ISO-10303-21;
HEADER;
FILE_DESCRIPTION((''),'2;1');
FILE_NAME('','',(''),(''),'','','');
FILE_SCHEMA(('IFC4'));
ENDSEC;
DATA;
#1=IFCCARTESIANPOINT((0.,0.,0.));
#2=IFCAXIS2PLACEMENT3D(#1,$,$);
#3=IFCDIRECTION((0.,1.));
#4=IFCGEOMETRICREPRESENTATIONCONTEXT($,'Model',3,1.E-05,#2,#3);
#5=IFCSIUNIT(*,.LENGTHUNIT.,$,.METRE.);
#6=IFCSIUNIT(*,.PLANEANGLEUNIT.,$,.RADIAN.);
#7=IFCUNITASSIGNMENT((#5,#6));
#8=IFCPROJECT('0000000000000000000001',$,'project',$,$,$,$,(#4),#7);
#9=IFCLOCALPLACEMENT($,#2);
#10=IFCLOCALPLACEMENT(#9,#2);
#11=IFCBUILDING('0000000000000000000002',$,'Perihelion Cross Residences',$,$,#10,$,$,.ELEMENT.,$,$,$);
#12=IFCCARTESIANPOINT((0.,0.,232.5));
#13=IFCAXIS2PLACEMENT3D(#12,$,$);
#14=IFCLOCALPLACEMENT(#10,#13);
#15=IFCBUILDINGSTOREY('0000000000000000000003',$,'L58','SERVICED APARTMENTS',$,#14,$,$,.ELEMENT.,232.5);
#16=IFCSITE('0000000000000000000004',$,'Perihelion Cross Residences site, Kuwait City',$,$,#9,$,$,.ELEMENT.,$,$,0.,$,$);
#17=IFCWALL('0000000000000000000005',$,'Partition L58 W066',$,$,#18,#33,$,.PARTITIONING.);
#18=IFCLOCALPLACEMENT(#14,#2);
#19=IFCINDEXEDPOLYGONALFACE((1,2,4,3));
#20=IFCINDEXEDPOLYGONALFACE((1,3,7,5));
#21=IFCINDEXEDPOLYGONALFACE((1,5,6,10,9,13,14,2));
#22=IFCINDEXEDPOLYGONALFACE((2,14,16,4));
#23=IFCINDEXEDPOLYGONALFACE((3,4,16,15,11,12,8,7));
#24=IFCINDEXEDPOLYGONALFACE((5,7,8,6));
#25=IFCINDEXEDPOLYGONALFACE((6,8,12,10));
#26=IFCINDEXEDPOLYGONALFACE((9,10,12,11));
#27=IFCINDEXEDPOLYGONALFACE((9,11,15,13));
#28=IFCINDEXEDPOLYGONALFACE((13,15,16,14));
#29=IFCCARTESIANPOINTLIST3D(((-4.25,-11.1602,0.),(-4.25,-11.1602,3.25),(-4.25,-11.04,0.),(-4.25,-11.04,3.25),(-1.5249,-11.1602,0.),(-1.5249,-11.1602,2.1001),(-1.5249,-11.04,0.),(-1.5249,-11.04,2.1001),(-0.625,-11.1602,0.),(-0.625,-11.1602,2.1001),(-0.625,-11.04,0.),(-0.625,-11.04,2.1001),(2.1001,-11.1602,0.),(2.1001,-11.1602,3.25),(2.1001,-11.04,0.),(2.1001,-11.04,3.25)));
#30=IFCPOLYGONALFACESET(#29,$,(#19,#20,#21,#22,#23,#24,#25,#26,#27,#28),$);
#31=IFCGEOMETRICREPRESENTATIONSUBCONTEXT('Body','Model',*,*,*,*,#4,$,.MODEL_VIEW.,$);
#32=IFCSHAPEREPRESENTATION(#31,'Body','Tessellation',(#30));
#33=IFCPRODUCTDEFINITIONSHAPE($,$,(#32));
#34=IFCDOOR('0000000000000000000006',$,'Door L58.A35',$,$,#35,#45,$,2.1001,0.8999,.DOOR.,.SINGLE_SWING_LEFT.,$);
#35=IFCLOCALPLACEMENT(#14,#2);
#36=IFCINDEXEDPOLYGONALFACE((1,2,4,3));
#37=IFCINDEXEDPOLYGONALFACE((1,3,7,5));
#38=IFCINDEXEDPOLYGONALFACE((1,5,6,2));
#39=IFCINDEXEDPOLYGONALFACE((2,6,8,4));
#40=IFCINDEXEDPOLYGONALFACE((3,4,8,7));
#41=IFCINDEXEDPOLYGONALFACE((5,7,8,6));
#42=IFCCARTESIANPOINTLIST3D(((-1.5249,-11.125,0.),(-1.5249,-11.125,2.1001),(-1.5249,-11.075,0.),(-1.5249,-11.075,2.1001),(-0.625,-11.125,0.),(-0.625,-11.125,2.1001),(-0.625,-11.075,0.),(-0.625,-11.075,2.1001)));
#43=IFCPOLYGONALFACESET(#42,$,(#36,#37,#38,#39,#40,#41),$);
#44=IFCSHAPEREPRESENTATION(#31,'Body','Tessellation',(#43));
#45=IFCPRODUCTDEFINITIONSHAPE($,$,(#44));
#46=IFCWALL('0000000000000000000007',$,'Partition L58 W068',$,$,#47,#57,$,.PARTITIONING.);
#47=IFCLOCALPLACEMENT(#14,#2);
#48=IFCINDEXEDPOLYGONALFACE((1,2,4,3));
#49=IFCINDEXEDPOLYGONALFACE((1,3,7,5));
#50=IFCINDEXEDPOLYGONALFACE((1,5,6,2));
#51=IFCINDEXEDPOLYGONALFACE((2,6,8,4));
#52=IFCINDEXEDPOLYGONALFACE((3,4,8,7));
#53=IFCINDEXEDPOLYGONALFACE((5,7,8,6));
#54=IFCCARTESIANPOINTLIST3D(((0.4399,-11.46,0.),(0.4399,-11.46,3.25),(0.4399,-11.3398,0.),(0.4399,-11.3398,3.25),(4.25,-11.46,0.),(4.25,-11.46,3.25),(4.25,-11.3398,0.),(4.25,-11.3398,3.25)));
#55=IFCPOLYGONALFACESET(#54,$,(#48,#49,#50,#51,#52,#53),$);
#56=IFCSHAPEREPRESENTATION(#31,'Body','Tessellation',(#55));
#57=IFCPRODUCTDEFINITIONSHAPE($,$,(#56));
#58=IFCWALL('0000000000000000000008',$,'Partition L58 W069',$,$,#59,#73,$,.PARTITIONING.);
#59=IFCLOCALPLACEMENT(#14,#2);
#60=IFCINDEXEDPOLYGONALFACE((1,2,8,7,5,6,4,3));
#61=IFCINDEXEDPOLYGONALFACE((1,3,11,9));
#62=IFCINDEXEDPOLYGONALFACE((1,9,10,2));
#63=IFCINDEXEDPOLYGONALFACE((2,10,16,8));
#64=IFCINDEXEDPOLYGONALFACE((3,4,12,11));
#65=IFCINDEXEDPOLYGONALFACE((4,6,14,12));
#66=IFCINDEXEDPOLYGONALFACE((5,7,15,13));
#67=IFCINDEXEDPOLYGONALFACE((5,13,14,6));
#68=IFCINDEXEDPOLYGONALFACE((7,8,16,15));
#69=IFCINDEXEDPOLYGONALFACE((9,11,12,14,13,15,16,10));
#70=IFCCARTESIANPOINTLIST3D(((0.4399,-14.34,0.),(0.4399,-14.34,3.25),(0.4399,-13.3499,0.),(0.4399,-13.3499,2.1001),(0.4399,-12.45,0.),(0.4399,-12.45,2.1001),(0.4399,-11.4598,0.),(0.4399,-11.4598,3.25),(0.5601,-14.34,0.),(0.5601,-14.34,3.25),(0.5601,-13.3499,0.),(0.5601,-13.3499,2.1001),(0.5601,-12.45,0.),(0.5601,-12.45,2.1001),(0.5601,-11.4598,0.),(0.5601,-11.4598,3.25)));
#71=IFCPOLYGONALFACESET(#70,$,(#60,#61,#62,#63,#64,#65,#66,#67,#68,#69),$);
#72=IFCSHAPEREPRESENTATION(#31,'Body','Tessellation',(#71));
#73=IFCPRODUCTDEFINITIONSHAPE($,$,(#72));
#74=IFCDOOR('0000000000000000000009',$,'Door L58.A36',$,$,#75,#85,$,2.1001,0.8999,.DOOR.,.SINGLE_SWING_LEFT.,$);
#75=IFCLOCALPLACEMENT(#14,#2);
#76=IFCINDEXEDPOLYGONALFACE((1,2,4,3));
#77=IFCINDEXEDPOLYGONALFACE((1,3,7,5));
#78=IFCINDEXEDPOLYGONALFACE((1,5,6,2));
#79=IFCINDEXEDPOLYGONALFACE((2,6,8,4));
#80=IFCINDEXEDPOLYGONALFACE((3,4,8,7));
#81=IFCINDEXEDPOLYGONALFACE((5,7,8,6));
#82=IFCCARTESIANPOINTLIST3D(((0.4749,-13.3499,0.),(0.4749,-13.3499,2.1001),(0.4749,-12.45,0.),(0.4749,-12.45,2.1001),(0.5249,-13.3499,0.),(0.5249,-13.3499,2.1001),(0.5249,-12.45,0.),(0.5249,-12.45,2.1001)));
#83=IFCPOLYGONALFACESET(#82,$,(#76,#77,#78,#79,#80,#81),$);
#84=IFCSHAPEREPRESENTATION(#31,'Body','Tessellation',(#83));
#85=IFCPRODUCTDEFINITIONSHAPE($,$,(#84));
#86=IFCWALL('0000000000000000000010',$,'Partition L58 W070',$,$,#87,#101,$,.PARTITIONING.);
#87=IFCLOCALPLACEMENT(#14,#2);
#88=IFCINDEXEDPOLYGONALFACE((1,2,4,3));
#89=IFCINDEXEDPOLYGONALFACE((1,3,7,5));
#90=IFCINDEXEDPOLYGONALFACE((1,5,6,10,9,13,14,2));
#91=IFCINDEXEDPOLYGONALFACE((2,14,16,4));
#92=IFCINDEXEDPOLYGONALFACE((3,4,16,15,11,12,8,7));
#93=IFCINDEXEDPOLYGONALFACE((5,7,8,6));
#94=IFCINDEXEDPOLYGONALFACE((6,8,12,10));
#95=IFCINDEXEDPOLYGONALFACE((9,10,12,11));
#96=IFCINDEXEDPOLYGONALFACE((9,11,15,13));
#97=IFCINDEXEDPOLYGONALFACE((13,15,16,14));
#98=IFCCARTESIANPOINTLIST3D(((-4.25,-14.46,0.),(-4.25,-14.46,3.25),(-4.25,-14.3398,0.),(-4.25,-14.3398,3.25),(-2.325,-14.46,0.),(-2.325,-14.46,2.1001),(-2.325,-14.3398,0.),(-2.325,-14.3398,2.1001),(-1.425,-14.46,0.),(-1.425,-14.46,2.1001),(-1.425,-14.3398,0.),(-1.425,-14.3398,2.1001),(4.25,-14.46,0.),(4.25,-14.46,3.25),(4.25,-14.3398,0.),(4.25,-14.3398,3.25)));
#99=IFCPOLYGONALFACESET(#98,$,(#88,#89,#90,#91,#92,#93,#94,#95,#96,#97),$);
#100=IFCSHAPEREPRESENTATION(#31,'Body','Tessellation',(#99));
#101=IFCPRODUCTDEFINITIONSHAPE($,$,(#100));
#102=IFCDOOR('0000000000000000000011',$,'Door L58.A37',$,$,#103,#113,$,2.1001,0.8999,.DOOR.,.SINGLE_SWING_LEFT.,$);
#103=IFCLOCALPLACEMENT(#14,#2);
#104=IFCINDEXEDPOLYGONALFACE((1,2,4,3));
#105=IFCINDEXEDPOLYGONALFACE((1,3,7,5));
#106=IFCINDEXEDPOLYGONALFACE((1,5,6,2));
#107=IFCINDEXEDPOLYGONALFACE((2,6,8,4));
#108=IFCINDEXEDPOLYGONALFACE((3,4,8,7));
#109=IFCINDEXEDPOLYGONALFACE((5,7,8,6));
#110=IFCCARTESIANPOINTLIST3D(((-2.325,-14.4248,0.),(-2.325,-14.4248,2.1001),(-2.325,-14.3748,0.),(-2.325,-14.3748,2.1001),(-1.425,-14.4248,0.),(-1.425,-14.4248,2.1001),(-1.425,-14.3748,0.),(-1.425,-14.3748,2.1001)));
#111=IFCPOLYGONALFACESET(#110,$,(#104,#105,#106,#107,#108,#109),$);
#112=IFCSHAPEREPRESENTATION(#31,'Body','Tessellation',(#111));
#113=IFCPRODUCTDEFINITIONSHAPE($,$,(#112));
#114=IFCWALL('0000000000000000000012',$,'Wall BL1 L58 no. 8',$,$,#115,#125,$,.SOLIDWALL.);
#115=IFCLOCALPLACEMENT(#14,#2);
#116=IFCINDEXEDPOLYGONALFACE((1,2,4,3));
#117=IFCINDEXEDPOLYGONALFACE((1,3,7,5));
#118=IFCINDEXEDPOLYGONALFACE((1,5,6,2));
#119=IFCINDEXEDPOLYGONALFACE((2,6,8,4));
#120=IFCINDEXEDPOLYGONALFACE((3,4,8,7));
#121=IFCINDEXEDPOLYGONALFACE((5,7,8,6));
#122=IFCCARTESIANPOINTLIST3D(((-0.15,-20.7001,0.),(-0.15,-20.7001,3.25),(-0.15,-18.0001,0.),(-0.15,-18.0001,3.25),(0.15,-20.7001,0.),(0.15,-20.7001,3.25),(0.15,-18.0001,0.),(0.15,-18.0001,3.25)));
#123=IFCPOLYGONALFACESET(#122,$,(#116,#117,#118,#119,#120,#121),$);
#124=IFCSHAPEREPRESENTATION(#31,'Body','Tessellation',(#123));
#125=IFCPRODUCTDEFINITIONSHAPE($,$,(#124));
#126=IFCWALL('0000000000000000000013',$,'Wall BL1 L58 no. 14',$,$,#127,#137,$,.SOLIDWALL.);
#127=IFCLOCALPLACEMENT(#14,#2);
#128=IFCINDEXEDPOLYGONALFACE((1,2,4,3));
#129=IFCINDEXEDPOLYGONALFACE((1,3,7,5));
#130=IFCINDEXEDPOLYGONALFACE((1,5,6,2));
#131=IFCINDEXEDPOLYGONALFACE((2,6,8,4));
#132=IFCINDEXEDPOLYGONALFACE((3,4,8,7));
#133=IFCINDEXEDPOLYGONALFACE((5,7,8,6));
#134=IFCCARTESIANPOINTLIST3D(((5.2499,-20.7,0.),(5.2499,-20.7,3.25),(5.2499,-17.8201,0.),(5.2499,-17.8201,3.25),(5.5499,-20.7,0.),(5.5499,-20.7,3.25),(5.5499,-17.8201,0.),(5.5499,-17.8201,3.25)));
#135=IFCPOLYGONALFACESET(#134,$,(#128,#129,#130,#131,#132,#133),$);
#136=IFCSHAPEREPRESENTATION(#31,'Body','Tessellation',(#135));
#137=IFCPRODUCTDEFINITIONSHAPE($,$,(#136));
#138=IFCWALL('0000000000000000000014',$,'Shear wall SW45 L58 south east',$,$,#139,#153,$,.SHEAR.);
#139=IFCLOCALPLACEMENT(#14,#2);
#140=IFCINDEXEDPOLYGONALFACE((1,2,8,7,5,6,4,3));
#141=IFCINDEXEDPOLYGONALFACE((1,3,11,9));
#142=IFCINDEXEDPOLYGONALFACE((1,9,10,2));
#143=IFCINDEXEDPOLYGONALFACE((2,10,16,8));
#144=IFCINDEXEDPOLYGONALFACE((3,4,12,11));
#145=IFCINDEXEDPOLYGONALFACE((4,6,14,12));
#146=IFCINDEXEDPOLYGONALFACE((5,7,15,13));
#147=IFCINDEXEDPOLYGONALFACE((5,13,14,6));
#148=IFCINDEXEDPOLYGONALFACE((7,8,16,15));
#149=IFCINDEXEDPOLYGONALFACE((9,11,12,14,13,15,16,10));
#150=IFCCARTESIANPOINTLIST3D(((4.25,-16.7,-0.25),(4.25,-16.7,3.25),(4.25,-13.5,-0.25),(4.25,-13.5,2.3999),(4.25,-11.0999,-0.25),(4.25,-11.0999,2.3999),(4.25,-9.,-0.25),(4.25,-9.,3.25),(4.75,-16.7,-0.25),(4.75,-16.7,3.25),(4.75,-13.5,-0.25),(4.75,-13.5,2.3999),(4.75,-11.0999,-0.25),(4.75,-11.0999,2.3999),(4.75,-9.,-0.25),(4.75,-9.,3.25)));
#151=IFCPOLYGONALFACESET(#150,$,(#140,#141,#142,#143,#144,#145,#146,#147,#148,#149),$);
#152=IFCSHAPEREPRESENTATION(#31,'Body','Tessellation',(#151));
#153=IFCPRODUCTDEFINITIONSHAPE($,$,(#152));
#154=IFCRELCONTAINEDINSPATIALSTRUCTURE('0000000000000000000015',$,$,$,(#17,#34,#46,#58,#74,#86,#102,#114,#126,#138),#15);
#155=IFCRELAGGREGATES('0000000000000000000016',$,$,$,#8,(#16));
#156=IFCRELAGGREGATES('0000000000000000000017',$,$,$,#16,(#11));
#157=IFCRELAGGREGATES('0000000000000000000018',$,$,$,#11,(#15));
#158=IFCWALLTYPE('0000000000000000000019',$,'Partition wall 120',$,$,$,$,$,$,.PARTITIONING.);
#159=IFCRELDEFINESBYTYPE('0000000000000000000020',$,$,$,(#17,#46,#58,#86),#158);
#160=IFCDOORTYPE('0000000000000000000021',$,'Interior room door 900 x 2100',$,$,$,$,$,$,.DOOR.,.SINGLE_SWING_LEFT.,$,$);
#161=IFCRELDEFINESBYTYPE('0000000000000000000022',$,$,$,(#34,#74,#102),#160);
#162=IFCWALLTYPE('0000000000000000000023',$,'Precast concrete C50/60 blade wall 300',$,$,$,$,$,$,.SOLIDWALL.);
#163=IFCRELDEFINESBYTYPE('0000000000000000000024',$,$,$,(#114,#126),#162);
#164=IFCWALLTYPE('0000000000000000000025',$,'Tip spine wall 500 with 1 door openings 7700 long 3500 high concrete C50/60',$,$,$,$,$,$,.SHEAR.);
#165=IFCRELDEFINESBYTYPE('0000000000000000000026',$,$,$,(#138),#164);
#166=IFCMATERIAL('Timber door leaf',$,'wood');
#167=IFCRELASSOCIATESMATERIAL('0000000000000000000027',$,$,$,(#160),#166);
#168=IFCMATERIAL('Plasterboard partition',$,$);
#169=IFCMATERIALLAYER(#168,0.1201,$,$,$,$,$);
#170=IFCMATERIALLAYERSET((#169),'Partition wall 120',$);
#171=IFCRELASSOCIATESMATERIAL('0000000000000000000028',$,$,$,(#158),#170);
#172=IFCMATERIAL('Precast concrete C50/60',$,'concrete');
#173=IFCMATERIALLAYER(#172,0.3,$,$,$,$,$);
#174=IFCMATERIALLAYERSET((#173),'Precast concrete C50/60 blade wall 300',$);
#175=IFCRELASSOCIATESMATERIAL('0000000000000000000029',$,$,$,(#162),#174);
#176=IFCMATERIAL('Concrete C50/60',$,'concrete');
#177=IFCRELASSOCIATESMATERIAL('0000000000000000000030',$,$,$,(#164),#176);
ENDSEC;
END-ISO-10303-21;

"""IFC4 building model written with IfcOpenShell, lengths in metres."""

from ifc_helpers import new_model, si_unit, direction, frame, frame_2d, origin, place, context, subcontext, project, spatial, polyline, rectangle, outline, extrude, material, layer, layer_set, material_profile, profile_set, type_object, element, fill, save


model = new_model("IFC4")

# Units and contexts
model_context = context("Model", 3, precision=1e-05, world=origin(), true_north=direction((0.0, 1.0)))
body_context = subcontext(model_context, "Body", "Model", "MODEL_VIEW")
ifc_project = project(units=[si_unit("LENGTHUNIT", "METRE"), si_unit("PLANEANGLEUNIT", "RADIAN")], contexts=[model_context])

# Site, building, storey
site_placement = place(None, origin())
site = spatial("IfcSite", under=ifc_project, at=site_placement, Name="Perihelion Cross Residences site, Kuwait City", CompositionType="ELEMENT", RefElevation=0.0)
building_placement = place(site_placement, origin())
building = spatial("IfcBuilding", under=site, at=building_placement, Name="Perihelion Cross Residences", CompositionType="ELEMENT")
storey_placement = place(building_placement, frame((0.0, 0.0, 232.5)))
storey = spatial("IfcBuildingStorey", under=building, at=storey_placement, Name="L58", Description="SERVICED APARTMENTS", CompositionType="ELEMENT", Elevation=232.5)

# Wall, opening, door
ifc_material_1 = material(Name="Timber door leaf", Category="wood")
door_type_1 = type_object("IfcDoorType", Name="Interior room door 900 x 2100", OperationType="SINGLE_SWING_LEFT", PredefinedType="DOOR", material=ifc_material_1)
ifc_material_2 = material(Name="Plasterboard partition")
ifc_layer_1 = layer(ifc_material_2, 0.1201)
ifc_layer_set_1 = layer_set([ifc_layer_1], Name="Partition wall 120")
wall_type_1 = type_object("IfcWallType", Name="Partition wall 120", PredefinedType="PARTITIONING", material=ifc_layer_set_1)
wall_1_placement = place(storey_placement, frame((2.1001, -11.1001, 0.0), z_axis=(0.0, 0.0, 1.0), x_axis=(-1.0, 0.0, 0.0)))
wall_1 = element("IfcWall", 1, at=wall_1_placement, inside=storey, type_object=wall_type_1, Name="Partition L58 W066", PredefinedType="PARTITIONING", context=body_context, shape_type="SweptSolid", body=[
    extrude(rectangle(XDim=6.3501, YDim=0.1201, at=frame_2d((3.175, 0.0))), origin(), (0.0, 0.0, 1.0), 3.25),
])
opening_1_placement = place(wall_1_placement, frame((2.7251, 0.0, 0.0)))
opening_1 = element("IfcOpeningElement", 2, at=opening_1_placement, cuts=wall_1, PredefinedType="OPENING", context=body_context, shape_type="SweptSolid", body=[
    extrude(rectangle(XDim=0.8999, YDim=2.1001, at=frame_2d((0.45, 1.05))), frame((0.0, 0.0701, 0.0), z_axis=(0.0, -1.0, 0.0), x_axis=(1.0, 0.0, 0.0)), (0.0, 0.0, 1.0), 0.1401),
])
door_1_placement = place(opening_1_placement, origin())
door_1 = element("IfcDoor", 3, at=door_1_placement, inside=storey, type_object=door_type_1, Name="Door L58.A35", OperationType="SINGLE_SWING_LEFT", OverallHeight=2.1001, OverallWidth=0.8999, PredefinedType="DOOR", context=body_context, shape_type="SweptSolid", body=[
    extrude(rectangle(XDim=0.8999, YDim=2.1001, at=frame_2d((0.45, 1.05))), frame((0.0, 0.0249, 0.0), z_axis=(0.0, -1.0, 0.0), x_axis=(1.0, 0.0, 0.0)), (0.0, 0.0, 1.0), 0.05),
])
fill(opening_1, door_1)

# Wall
wall_2_placement = place(storey_placement, frame((4.25, -11.3999, 0.0), z_axis=(0.0, 0.0, 1.0), x_axis=(-1.0, 0.0, 0.0)))
element("IfcWall", 4, at=wall_2_placement, inside=storey, type_object=wall_type_1, Name="Partition L58 W068", PredefinedType="PARTITIONING", context=body_context, shape_type="SweptSolid", body=[
    extrude(rectangle(XDim=3.8101, YDim=0.1201, at=frame_2d((1.905, 0.0))), origin(), (0.0, 0.0, 1.0), 3.25),
])

# Walls, openings, doors
wall_3_placement = place(storey_placement, frame((0.5, -11.46, 0.0), z_axis=(0.0, 0.0, 1.0), x_axis=(0.0, -1.0, 0.0)))
wall_3 = element("IfcWall", 5, at=wall_3_placement, inside=storey, type_object=wall_type_1, Name="Partition L58 W069", PredefinedType="PARTITIONING", context=body_context, shape_type="SweptSolid", body=[
    extrude(rectangle(XDim=2.8801, YDim=0.1201, at=frame_2d((1.4399, 0.0))), origin(), (0.0, 0.0, 1.0), 3.25),
])
opening_2_placement = place(wall_3_placement, frame((0.99, 0.0, 0.0)))
opening_2 = element("IfcOpeningElement", 6, at=opening_2_placement, cuts=wall_3, PredefinedType="OPENING", context=body_context, shape_type="SweptSolid", body=[
    extrude(rectangle(XDim=0.8999, YDim=2.1001, at=frame_2d((0.45, 1.05))), frame((0.0, 0.0701, 0.0), z_axis=(0.0, -1.0, 0.0), x_axis=(1.0, 0.0, 0.0)), (0.0, 0.0, 1.0), 0.1401),
])
door_2_placement = place(opening_2_placement, origin())
door_2 = element("IfcDoor", 7, at=door_2_placement, inside=storey, type_object=door_type_1, Name="Door L58.A36", OperationType="SINGLE_SWING_LEFT", OverallHeight=2.1001, OverallWidth=0.8999, PredefinedType="DOOR", context=body_context, shape_type="SweptSolid", body=[
    extrude(rectangle(XDim=0.8999, YDim=2.1001, at=frame_2d((0.45, 1.05))), frame((0.0, 0.0249, 0.0), z_axis=(0.0, -1.0, 0.0), x_axis=(1.0, 0.0, 0.0)), (0.0, 0.0, 1.0), 0.05),
])
fill(opening_2, door_2)
wall_4_placement = place(storey_placement, frame((4.25, -14.3999, 0.0), z_axis=(0.0, 0.0, 1.0), x_axis=(-1.0, 0.0, 0.0)))
wall_4 = element("IfcWall", 8, at=wall_4_placement, inside=storey, type_object=wall_type_1, Name="Partition L58 W070", PredefinedType="PARTITIONING", context=body_context, shape_type="SweptSolid", body=[
    extrude(rectangle(XDim=8.5, YDim=0.1201, at=frame_2d((4.25, 0.0))), origin(), (0.0, 0.0, 1.0), 3.25),
])
opening_3_placement = place(wall_4_placement, frame((5.675, 0.0, 0.0)))
opening_3 = element("IfcOpeningElement", 9, at=opening_3_placement, cuts=wall_4, PredefinedType="OPENING", context=body_context, shape_type="SweptSolid", body=[
    extrude(rectangle(XDim=0.8999, YDim=2.1001, at=frame_2d((0.45, 1.05))), frame((0.0, 0.0701, 0.0), z_axis=(0.0, -1.0, 0.0), x_axis=(1.0, 0.0, 0.0)), (0.0, 0.0, 1.0), 0.1401),
])
door_3_placement = place(opening_3_placement, origin())
door_3 = element("IfcDoor", 10, at=door_3_placement, inside=storey, type_object=door_type_1, Name="Door L58.A37", OperationType="SINGLE_SWING_LEFT", OverallHeight=2.1001, OverallWidth=0.8999, PredefinedType="DOOR", context=body_context, shape_type="SweptSolid", body=[
    extrude(rectangle(XDim=0.8999, YDim=2.1001, at=frame_2d((0.45, 1.05))), frame((0.0, 0.0249, 0.0), z_axis=(0.0, -1.0, 0.0), x_axis=(1.0, 0.0, 0.0)), (0.0, 0.0, 1.0), 0.05),
])
fill(opening_3, door_3)

# Walls
ifc_material_3 = material(Name="Precast concrete C50/60", Category="concrete")
ifc_layer_2 = layer(ifc_material_3, 0.3)
ifc_layer_set_2 = layer_set([ifc_layer_2], Name="Precast concrete C50/60 blade wall 300")
wall_type_2 = type_object("IfcWallType", Name="Precast concrete C50/60 blade wall 300", PredefinedType="SOLIDWALL", material=ifc_layer_set_2)
wall_5_placement = place(storey_placement, frame((0.0, -18.0, 0.0), z_axis=(0.0, 0.0, 1.0), x_axis=(0.0, -1.0, 0.0)))
element("IfcWall", 11, at=wall_5_placement, inside=storey, type_object=wall_type_2, Name="Wall BL1 L58 no. 8", PredefinedType="SOLIDWALL", context=body_context, shape_type="SweptSolid", body=[
    extrude(rectangle(XDim=2.7, YDim=0.3, at=frame_2d((1.3501, 0.0))), origin(), (0.0, 0.0, 1.0), 3.25),
])
wall_6_placement = place(storey_placement, frame((5.3999, -17.8201, 0.0), z_axis=(0.0, 0.0, 1.0), x_axis=(0.0, -1.0, 0.0)))
element("IfcWall", 12, at=wall_6_placement, inside=storey, type_object=wall_type_2, Name="Wall BL1 L58 no. 14", PredefinedType="SOLIDWALL", context=body_context, shape_type="SweptSolid", body=[
    extrude(rectangle(XDim=2.8799, YDim=0.3, at=frame_2d((1.4399, 0.0))), origin(), (0.0, 0.0, 1.0), 3.25),
])
ifc_material_4 = material(Name="Concrete C50/60", Category="concrete")
ifc_material_profile_1 = material_profile(ifc_material_4, outline(polyline([(0.0, 0.0), (3.2, 0.0), (3.2, 2.6499), (5.6001, 2.6499), (5.6001, 0.0), (7.7, 0.0), (7.7, 3.5), (0.0, 3.5), (0.0, 0.0)])), Name="Tip spine wall")
ifc_profile_set_1 = profile_set([ifc_material_profile_1], Name="Concrete C50/60")
wall_type_3 = type_object("IfcWallType", Name="Tip spine wall 500 with 1 door openings 7700 long 3500 high concrete C50/60", PredefinedType="SHEAR", material=ifc_profile_set_1)
wall_7_placement = place(storey_placement, frame((4.25, -16.7, -0.25), z_axis=(1.0, 0.0, 0.0), x_axis=(0.0, 1.0, 0.0)))
element("IfcWall", 13, at=wall_7_placement, inside=storey, type_object=wall_type_3, Name="Shear wall SW45 L58 south east", PredefinedType="SHEAR", context=body_context, shape_type="SweptSolid", body=[
    extrude(outline(polyline([(0.0, 0.0), (3.2, 0.0), (3.2, 2.6499), (5.6001, 2.6499), (5.6001, 0.0), (7.7, 0.0), (7.7, 3.5), (0.0, 3.5), (0.0, 0.0)])), origin(), (0.0, 0.0, 1.0), 0.5),
])

save(model, "model.ifc")
